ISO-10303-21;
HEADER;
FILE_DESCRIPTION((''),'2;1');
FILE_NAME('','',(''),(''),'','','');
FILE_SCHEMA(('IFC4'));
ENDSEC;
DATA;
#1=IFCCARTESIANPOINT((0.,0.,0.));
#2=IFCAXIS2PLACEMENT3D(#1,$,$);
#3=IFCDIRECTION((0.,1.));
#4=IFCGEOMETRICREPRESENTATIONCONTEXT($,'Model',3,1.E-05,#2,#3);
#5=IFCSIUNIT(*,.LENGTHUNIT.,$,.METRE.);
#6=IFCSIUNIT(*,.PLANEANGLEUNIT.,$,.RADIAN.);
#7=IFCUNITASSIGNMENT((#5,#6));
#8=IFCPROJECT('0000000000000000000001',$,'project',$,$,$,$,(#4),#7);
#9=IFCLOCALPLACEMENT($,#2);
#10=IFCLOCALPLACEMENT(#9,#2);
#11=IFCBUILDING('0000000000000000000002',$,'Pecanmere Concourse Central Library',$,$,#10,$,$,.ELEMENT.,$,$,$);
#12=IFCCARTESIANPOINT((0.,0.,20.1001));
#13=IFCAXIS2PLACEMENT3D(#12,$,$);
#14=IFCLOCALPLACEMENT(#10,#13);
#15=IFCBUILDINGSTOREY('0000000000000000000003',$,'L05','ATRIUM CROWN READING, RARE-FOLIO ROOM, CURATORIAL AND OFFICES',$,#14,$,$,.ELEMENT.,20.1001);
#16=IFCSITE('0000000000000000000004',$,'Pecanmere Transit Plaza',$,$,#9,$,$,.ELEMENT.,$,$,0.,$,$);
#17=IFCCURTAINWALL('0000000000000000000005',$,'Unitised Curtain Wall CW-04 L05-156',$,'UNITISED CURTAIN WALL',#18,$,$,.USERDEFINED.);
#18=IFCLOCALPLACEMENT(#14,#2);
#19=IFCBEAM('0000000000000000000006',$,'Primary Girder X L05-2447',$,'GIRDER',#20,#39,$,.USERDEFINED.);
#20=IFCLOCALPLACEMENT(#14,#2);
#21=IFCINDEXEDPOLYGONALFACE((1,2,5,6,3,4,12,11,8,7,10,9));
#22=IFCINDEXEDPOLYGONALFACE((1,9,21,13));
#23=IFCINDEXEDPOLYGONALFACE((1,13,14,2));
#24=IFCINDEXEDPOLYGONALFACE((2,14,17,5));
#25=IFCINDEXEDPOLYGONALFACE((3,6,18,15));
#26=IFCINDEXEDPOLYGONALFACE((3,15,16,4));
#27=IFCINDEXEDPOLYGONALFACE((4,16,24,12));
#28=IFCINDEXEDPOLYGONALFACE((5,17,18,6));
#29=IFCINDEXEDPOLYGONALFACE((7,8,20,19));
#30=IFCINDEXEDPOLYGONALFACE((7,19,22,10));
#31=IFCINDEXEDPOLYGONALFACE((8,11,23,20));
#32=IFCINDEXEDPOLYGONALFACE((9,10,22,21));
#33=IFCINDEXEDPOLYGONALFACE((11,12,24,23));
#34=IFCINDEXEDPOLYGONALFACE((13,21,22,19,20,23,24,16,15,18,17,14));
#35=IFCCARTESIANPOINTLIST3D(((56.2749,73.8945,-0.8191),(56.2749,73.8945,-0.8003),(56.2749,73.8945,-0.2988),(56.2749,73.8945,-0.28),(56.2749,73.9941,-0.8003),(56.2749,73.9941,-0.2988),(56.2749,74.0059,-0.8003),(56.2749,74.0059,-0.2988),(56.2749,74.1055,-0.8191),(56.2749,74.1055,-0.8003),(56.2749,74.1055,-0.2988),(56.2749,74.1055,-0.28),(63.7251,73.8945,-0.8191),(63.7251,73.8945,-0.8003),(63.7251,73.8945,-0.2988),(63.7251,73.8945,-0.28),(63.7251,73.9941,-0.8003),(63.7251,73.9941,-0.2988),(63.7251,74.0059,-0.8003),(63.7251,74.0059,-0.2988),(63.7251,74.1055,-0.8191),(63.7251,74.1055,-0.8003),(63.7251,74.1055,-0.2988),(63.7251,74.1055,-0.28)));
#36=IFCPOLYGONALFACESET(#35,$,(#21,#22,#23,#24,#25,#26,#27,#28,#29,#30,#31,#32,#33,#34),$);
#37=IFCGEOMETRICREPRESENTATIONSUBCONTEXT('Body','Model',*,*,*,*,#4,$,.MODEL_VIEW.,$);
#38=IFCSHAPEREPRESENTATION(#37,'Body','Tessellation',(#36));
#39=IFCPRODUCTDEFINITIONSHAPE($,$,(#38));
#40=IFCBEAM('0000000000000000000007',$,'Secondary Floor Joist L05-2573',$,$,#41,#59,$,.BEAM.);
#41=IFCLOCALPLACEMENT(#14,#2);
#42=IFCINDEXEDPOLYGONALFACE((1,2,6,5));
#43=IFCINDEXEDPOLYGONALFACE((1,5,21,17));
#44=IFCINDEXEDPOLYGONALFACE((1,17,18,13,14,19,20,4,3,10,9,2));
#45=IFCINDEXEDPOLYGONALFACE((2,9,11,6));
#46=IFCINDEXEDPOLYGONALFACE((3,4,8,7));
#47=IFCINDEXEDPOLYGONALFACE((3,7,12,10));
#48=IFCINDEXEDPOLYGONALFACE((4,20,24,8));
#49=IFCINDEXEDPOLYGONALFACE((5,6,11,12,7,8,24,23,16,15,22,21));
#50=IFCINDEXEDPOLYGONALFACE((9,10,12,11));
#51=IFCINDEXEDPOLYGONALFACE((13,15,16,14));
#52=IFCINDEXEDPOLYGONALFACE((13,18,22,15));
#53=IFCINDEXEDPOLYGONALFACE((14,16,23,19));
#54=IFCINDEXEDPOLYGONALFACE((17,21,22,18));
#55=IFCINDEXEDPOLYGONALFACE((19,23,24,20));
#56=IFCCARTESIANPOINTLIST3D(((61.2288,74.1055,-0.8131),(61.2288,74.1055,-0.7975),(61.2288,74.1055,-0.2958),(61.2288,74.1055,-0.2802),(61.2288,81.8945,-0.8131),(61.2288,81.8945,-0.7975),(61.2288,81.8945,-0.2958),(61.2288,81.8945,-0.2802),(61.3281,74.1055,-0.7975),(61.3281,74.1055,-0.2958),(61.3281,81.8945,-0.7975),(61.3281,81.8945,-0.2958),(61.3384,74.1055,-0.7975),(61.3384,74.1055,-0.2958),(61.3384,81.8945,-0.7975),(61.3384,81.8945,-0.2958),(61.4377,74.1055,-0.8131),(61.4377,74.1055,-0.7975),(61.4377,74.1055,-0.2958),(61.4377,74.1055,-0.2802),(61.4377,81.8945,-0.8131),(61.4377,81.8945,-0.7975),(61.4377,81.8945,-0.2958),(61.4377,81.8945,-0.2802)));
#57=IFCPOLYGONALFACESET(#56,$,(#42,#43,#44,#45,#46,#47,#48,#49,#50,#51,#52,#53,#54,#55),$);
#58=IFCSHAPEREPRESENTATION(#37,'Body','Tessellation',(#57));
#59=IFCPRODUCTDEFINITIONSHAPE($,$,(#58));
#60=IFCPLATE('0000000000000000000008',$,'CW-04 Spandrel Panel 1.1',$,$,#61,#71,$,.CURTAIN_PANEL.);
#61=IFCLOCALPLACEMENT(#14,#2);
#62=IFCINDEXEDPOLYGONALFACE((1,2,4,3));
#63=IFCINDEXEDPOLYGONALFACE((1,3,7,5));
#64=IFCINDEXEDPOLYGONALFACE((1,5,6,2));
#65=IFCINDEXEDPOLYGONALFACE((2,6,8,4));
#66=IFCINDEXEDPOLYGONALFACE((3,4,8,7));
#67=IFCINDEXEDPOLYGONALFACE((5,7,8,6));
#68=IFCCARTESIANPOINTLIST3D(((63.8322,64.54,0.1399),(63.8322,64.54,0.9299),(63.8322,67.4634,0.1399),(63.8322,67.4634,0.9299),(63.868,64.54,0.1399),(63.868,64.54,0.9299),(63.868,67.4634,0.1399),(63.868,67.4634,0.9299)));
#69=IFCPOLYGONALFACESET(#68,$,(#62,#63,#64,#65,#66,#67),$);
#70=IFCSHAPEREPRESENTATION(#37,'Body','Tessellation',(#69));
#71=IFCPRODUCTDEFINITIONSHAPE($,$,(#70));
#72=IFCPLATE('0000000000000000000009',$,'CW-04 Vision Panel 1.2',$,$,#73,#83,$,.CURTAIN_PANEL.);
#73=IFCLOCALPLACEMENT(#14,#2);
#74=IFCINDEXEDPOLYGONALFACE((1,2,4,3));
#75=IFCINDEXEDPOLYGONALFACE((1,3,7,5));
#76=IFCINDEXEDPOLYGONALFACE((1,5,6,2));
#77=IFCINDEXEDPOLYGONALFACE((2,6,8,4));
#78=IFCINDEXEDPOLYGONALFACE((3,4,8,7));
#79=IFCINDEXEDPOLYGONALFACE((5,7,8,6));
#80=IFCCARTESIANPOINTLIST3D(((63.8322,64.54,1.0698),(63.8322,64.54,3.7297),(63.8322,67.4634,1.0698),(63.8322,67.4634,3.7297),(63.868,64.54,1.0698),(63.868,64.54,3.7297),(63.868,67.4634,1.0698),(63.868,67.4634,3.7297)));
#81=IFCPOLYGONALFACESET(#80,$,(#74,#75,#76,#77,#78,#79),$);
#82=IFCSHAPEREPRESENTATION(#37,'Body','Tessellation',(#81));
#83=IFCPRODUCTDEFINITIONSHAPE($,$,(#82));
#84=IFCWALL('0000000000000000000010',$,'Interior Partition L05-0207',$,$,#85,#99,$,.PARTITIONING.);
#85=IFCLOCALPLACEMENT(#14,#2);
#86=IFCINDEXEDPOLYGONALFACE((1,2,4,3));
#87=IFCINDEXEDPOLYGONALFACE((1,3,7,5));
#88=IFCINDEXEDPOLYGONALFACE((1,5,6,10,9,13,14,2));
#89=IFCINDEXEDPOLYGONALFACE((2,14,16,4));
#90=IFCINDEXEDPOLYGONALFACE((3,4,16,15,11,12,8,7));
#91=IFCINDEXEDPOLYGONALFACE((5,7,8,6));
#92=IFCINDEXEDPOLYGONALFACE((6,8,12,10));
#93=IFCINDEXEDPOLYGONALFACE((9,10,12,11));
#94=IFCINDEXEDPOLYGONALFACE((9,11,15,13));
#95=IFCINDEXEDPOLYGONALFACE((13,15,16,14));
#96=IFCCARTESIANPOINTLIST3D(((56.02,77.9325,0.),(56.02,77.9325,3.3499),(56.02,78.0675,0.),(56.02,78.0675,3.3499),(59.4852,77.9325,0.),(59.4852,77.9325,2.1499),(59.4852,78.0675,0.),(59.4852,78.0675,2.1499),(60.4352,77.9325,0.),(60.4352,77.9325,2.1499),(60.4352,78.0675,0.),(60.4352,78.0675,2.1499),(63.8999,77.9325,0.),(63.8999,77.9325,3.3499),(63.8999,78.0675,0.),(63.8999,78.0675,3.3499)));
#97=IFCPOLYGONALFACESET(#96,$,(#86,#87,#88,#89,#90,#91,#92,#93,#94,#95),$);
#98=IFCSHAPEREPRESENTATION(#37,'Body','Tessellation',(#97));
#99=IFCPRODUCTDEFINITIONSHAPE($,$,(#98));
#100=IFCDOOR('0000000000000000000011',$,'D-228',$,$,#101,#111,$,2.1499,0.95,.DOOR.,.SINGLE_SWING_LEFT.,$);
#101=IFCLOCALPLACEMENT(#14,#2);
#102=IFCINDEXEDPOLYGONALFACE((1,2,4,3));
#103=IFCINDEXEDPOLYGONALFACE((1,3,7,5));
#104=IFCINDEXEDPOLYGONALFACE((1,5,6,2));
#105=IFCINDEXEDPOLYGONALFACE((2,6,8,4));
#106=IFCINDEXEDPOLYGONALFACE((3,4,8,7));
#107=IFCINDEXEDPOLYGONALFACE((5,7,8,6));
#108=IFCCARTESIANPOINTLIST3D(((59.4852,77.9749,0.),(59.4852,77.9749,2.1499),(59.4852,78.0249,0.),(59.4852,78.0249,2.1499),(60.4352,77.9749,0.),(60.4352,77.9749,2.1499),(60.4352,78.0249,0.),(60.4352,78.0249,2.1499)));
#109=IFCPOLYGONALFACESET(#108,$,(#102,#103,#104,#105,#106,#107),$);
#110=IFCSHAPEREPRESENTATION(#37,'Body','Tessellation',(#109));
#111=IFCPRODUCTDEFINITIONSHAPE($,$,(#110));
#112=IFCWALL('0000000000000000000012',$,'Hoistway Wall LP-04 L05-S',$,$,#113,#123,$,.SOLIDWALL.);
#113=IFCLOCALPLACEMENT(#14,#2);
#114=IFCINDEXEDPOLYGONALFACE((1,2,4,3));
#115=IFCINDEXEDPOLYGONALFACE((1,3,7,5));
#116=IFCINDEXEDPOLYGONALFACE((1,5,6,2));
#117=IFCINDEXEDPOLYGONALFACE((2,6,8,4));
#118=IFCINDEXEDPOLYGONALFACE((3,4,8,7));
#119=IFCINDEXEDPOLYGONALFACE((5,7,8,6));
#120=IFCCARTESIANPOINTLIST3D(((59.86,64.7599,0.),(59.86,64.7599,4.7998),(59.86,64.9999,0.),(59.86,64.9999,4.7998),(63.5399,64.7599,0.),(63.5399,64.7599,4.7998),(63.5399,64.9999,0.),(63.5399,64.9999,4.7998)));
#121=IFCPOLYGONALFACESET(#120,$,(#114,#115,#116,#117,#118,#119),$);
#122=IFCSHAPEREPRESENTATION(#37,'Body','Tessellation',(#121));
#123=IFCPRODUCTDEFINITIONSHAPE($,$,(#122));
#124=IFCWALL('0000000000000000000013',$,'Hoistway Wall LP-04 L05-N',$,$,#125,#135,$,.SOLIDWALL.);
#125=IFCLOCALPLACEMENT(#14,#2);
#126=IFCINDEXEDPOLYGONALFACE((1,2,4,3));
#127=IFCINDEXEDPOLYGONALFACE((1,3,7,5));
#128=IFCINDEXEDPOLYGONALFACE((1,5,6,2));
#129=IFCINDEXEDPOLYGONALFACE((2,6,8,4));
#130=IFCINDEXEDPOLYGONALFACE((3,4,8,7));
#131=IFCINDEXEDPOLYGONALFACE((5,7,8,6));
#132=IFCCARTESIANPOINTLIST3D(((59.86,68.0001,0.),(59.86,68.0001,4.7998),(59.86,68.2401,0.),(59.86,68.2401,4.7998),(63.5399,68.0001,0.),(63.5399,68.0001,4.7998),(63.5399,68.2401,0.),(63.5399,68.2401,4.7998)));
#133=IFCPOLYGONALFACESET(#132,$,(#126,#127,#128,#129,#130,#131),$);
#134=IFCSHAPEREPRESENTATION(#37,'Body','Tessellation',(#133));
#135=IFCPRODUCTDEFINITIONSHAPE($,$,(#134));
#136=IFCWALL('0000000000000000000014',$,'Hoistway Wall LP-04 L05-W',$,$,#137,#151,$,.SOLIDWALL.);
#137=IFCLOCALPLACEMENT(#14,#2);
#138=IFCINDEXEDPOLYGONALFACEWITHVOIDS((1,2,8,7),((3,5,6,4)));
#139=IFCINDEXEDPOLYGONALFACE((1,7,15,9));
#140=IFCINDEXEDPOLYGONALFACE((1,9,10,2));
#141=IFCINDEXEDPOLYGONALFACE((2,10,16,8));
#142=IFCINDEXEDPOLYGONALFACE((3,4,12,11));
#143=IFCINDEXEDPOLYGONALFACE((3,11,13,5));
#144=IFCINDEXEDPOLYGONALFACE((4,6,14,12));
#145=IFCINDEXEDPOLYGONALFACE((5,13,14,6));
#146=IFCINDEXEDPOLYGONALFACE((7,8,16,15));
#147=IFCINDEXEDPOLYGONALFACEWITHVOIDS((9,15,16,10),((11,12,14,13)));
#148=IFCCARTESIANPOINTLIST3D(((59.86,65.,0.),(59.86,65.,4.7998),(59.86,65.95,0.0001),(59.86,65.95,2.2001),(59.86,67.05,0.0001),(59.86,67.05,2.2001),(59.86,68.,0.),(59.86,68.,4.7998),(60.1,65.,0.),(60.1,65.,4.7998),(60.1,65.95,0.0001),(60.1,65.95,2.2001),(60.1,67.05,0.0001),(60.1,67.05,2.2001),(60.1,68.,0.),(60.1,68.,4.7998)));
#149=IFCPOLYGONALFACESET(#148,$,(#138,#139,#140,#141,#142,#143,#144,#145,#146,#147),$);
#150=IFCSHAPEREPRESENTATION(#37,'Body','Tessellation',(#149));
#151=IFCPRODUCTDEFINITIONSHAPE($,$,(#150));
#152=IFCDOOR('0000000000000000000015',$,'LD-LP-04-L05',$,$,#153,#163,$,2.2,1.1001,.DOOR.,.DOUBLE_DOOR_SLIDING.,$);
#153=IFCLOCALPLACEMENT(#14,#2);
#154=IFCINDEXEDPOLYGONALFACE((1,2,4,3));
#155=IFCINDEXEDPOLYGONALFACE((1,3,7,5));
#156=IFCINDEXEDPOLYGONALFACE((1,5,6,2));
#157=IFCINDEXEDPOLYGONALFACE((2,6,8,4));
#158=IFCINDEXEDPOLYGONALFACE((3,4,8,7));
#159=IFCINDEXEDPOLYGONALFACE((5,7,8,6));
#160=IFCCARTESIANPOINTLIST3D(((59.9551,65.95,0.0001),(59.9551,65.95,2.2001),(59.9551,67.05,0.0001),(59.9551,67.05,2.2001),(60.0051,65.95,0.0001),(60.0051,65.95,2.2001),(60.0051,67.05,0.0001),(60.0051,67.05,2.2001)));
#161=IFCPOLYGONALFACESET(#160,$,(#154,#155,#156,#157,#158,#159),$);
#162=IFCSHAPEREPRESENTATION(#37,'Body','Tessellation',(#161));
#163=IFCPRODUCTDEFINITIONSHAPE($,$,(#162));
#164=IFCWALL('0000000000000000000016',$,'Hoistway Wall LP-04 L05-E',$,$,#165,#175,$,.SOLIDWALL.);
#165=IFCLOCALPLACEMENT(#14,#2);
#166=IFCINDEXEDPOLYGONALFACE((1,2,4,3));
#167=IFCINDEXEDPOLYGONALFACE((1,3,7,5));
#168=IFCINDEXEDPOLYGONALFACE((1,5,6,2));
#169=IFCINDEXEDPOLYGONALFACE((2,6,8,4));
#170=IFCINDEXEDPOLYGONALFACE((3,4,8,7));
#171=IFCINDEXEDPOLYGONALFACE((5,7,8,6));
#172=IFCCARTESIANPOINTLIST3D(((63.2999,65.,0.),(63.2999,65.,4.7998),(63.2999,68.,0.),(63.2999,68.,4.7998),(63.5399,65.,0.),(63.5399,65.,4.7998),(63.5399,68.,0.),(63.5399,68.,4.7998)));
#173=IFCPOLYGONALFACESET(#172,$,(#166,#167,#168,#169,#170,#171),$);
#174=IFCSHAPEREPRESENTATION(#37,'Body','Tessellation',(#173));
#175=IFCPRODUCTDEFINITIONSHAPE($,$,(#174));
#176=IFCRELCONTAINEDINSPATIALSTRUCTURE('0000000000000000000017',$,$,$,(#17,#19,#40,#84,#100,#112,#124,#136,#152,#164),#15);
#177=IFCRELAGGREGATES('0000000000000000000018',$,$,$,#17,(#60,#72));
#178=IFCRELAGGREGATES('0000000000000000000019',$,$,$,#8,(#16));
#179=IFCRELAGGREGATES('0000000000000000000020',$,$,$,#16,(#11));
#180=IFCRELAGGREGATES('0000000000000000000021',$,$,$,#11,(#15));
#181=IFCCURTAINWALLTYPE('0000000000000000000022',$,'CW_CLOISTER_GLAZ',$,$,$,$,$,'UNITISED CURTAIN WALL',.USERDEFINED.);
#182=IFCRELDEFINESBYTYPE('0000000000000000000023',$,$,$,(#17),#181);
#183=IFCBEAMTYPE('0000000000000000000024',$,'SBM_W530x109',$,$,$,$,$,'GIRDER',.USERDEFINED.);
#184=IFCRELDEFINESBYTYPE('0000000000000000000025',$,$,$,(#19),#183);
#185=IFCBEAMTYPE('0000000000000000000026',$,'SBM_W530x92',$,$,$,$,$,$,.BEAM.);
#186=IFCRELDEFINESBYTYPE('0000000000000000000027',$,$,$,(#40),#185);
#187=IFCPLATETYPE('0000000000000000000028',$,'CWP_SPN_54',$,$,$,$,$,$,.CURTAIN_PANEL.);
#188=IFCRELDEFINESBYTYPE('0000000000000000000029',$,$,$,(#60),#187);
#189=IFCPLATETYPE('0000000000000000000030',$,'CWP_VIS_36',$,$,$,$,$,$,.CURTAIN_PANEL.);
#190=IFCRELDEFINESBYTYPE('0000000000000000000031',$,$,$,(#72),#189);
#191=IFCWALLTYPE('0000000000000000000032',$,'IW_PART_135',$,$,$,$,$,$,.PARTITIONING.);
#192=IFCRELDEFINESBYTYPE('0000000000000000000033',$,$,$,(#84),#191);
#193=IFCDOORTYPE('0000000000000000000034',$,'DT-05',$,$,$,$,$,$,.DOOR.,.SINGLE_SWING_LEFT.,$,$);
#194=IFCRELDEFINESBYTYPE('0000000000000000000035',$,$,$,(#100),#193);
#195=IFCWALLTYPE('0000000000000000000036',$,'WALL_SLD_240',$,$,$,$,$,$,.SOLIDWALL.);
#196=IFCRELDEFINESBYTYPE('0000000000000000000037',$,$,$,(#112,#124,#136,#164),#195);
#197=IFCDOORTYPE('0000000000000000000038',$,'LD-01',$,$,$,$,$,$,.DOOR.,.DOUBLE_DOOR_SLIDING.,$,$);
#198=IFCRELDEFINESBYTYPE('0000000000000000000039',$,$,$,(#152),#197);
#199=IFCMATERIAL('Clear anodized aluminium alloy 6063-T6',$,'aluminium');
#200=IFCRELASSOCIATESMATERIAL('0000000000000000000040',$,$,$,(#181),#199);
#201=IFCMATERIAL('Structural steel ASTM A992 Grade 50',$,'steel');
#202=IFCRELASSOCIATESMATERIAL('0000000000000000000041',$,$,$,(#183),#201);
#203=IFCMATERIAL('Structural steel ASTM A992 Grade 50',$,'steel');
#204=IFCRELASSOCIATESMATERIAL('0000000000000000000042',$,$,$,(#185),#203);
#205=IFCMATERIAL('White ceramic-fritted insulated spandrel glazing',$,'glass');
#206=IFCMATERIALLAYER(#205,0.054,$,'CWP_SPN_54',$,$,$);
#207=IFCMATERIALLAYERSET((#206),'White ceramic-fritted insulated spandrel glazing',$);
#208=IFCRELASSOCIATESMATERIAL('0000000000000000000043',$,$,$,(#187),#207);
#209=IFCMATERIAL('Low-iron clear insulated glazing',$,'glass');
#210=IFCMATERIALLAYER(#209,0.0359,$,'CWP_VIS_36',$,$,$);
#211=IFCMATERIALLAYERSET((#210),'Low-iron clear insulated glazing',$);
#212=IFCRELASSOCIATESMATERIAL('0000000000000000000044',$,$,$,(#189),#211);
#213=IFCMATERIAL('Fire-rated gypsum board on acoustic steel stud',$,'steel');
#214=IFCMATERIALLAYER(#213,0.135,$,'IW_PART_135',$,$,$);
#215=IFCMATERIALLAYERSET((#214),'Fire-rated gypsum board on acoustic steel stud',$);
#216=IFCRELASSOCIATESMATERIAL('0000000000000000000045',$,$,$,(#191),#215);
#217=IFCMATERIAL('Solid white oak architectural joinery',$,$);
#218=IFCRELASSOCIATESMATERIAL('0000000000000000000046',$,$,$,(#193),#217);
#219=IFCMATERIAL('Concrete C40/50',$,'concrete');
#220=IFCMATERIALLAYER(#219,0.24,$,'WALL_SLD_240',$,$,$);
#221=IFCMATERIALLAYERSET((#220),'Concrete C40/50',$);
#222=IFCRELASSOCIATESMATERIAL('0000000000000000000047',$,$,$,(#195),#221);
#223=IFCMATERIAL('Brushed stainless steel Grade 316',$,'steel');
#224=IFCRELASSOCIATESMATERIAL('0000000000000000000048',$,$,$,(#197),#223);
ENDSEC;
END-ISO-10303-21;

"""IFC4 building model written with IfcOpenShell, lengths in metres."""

from ifc_helpers import new_model, si_unit, direction, frame, frame_2d, origin, origin_2d, place, context, subcontext, project, spatial, rectangle, i_section, extrude, material, layer, layer_set, material_profile, profile_set, type_object, element, fill, aggregate, save


model = new_model("IFC4")

# Units and contexts
model_context = context("Model", 3, precision=1e-05, world=origin(), true_north=direction((0.0, 1.0)))
body_context = subcontext(model_context, "Body", "Model", "MODEL_VIEW")
ifc_project = project(units=[si_unit("LENGTHUNIT", "METRE"), si_unit("PLANEANGLEUNIT", "RADIAN")], contexts=[model_context])

# Site, building, storey
site_placement = place(None, origin())
site = spatial("IfcSite", under=ifc_project, at=site_placement, Name="Pecanmere Transit Plaza", CompositionType="ELEMENT", RefElevation=0.0)
building_placement = place(site_placement, origin())
building = spatial("IfcBuilding", under=site, at=building_placement, Name="Pecanmere Concourse Central Library", CompositionType="ELEMENT")
storey_placement = place(building_placement, frame((0.0, 0.0, 20.1001)))
storey = spatial("IfcBuildingStorey", under=building, at=storey_placement, Name="L05", Description="ATRIUM CROWN READING, RARE-FOLIO ROOM, CURATORIAL AND OFFICES", CompositionType="ELEMENT", Elevation=20.1001)

# Curtain wall
ifc_material_1 = material(Name="Clear anodized aluminium alloy 6063-T6", Category="aluminium")
curtain_wall_type = type_object("IfcCurtainWallType", Name="CW_CLOISTER_GLAZ", ElementType="UNITISED CURTAIN WALL", PredefinedType="USERDEFINED", material=ifc_material_1)
curtain_wall_placement = place(storey_placement, origin())
curtain_wall = element("IfcCurtainWall", 1, at=curtain_wall_placement, inside=storey, type_object=curtain_wall_type, Name="Unitised Curtain Wall CW-04 L05-156", ObjectType="UNITISED CURTAIN WALL", PredefinedType="USERDEFINED")

# Beams
ifc_material_2 = material(Name="Structural steel ASTM A992 Grade 50", Category="steel")
ifc_material_profile_1 = material_profile(ifc_material_2, i_section(OverallWidth=0.2109, OverallDepth=0.5391, WebThickness=0.0117, FlangeThickness=0.0188, at=origin_2d()), Name="W530x109")
ifc_profile_set_1 = profile_set([ifc_material_profile_1], Name="Structural steel ASTM A992 Grade 50")
beam_type_1 = type_object("IfcBeamType", Name="SBM_W530x109", ElementType="GIRDER", PredefinedType="USERDEFINED", material=ifc_profile_set_1)
for number, where, z_axis, x_axis, name in (
    (2, (56.2749, 74.0, -0.5496), (1.0, 0.0, 0.0), (0.0, 1.0, 0.0), "Primary Girder X L05-2447"),
):
    element("IfcBeam", number, at=place(storey_placement, frame(where, z_axis=z_axis, x_axis=x_axis)), inside=storey, type_object=beam_type_1, Name=name, ObjectType="GIRDER", PredefinedType="USERDEFINED", context=body_context, shape_type="SweptSolid", body=[
        extrude(i_section(OverallWidth=0.2109, OverallDepth=0.5391, WebThickness=0.0117, FlangeThickness=0.0188, at=origin_2d()), origin(), (0.0, 0.0, 1.0), 7.4502),
    ])
ifc_material_3 = material(Name="Structural steel ASTM A992 Grade 50", Category="steel")
ifc_material_profile_2 = material_profile(ifc_material_3, i_section(OverallWidth=0.209, OverallDepth=0.533, WebThickness=0.0103, FlangeThickness=0.0156, at=origin_2d()), Name="W530x92")
ifc_profile_set_2 = profile_set([ifc_material_profile_2], Name="Structural steel ASTM A992 Grade 50")
beam_type_2 = type_object("IfcBeamType", Name="SBM_W530x92", PredefinedType="BEAM", material=ifc_profile_set_2)
beam_1_placement = place(storey_placement, frame((61.3333, 74.1055, -0.5466), z_axis=(0.0, 1.0, 0.0), x_axis=(-1.0, 0.0, 0.0)))
element("IfcBeam", 3, at=beam_1_placement, inside=storey, type_object=beam_type_2, Name="Secondary Floor Joist L05-2573", PredefinedType="BEAM", context=body_context, shape_type="SweptSolid", body=[
    extrude(i_section(OverallWidth=0.209, OverallDepth=0.533, WebThickness=0.0103, FlangeThickness=0.0156, at=origin_2d()), origin(), (0.0, 0.0, 1.0), 7.7891),
])

# Plates
ifc_material_4 = material(Name="White ceramic-fritted insulated spandrel glazing", Category="glass")
ifc_layer_1 = layer(ifc_material_4, 0.054, Name="CWP_SPN_54")
ifc_layer_set_1 = layer_set([ifc_layer_1], Name="White ceramic-fritted insulated spandrel glazing")
plate_type_1 = type_object("IfcPlateType", Name="CWP_SPN_54", PredefinedType="CURTAIN_PANEL", material=ifc_layer_set_1)
plate_1_placement = place(storey_placement, frame((63.8501, 66.0017, 0.1399), z_axis=(0.0, 0.0, 1.0), x_axis=(0.0, 1.0, 0.0)))
plate_1 = element("IfcPlate", 4, at=plate_1_placement, type_object=plate_type_1, Name="CW-04 Spandrel Panel 1.1", PredefinedType="CURTAIN_PANEL", context=body_context, shape_type="SweptSolid", body=[
    extrude(rectangle(XDim=2.9233, YDim=0.0359, at=origin_2d()), origin(), (0.0, 0.0, 1.0), 0.79),
])
ifc_material_5 = material(Name="Low-iron clear insulated glazing", Category="glass")
ifc_layer_2 = layer(ifc_material_5, 0.0359, Name="CWP_VIS_36")
ifc_layer_set_2 = layer_set([ifc_layer_2], Name="Low-iron clear insulated glazing")
plate_type_2 = type_object("IfcPlateType", Name="CWP_VIS_36", PredefinedType="CURTAIN_PANEL", material=ifc_layer_set_2)
plate_2_placement = place(storey_placement, frame((63.8501, 66.0017, 1.0698), z_axis=(0.0, 0.0, 1.0), x_axis=(0.0, 1.0, 0.0)))
plate_2 = element("IfcPlate", 5, at=plate_2_placement, type_object=plate_type_2, Name="CW-04 Vision Panel 1.2", PredefinedType="CURTAIN_PANEL", context=body_context, shape_type="SweptSolid", body=[
    extrude(rectangle(XDim=2.9233, YDim=0.0359, at=origin_2d()), origin(), (0.0, 0.0, 1.0), 2.6599),
])
aggregate(curtain_wall, [plate_1, plate_2])

# Wall, opening, door
ifc_material_6 = material(Name="Fire-rated gypsum board on acoustic steel stud", Category="steel")
ifc_layer_3 = layer(ifc_material_6, 0.135, Name="IW_PART_135")
ifc_layer_set_3 = layer_set([ifc_layer_3], Name="Fire-rated gypsum board on acoustic steel stud")
wall_type_1 = type_object("IfcWallType", Name="IW_PART_135", PredefinedType="PARTITIONING", material=ifc_layer_set_3)
wall_1_placement = place(storey_placement, frame((56.02, 78.0, 0.0), z_axis=(0.0, 0.0, 1.0), x_axis=(1.0, 0.0, 0.0)))
wall_1 = element("IfcWall", 6, at=wall_1_placement, inside=storey, type_object=wall_type_1, Name="Interior Partition L05-0207", PredefinedType="PARTITIONING", context=body_context, shape_type="SweptSolid", body=[
    extrude(rectangle(XDim=7.8799, YDim=0.135, at=frame_2d((3.9399, 0.0))), origin(), (0.0, 0.0, 1.0), 3.3499),
])
opening_1_placement = place(wall_1_placement, frame((3.4651, 0.0, 0.0)))
opening_1 = element("IfcOpeningElement", 7, at=opening_1_placement, cuts=wall_1, PredefinedType="OPENING", context=body_context, shape_type="SweptSolid", body=[
    extrude(rectangle(XDim=0.95, YDim=2.1499, at=frame_2d((0.4751, 1.075))), frame((0.0, 0.0796, 0.0), z_axis=(0.0, -1.0, 0.0), x_axis=(1.0, 0.0, 0.0)), (0.0, 0.0, 1.0), 0.1589),
])
ifc_material_7 = material(Name="Solid white oak architectural joinery")
door_type_1 = type_object("IfcDoorType", Name="DT-05", OperationType="SINGLE_SWING_LEFT", PredefinedType="DOOR", material=ifc_material_7)
door_1_placement = place(opening_1_placement, origin())
door_1 = element("IfcDoor", 8, at=door_1_placement, inside=storey, type_object=door_type_1, Name="D-228", OperationType="SINGLE_SWING_LEFT", OverallHeight=2.1499, OverallWidth=0.95, PredefinedType="DOOR", context=body_context, shape_type="SweptSolid", body=[
    extrude(rectangle(XDim=0.95, YDim=2.1499, at=frame_2d((0.4751, 1.075))), frame((0.0, 0.0249, 0.0), z_axis=(0.0, -1.0, 0.0), x_axis=(1.0, 0.0, 0.0)), (0.0, 0.0, 1.0), 0.05),
])
fill(opening_1, door_1)

# Walls
ifc_material_8 = material(Name="Concrete C40/50", Category="concrete")
ifc_layer_4 = layer(ifc_material_8, 0.24, Name="WALL_SLD_240")
ifc_layer_set_4 = layer_set([ifc_layer_4], Name="Concrete C40/50")
wall_type_2 = type_object("IfcWallType", Name="WALL_SLD_240", PredefinedType="SOLIDWALL", material=ifc_layer_set_4)
for number, where, z_axis, x_axis, name in (
    (9, (59.8601, 64.8799, 0.0), (0.0, 0.0, 1.0), (1.0, 0.0, 0.0), "Hoistway Wall LP-04 L05-S"),
    (10, (59.8601, 68.1201, 0.0), (0.0, 0.0, 1.0), (1.0, 0.0, 0.0), "Hoistway Wall LP-04 L05-N"),
):
    element("IfcWall", number, at=place(storey_placement, frame(where, z_axis=z_axis, x_axis=x_axis)), inside=storey, type_object=wall_type_2, Name=name, PredefinedType="SOLIDWALL", context=body_context, shape_type="SweptSolid", body=[
        extrude(rectangle(XDim=3.6799, YDim=0.24, at=frame_2d((1.8398, 0.0))), origin(), (0.0, 0.0, 1.0), 4.7998),
    ])

# Wall, opening, door
wall_2_placement = place(storey_placement, frame((59.98, 65.0, 0.0), z_axis=(0.0, 0.0, 1.0), x_axis=(0.0, 1.0, 0.0)))
wall_2 = element("IfcWall", 11, at=wall_2_placement, inside=storey, type_object=wall_type_2, Name="Hoistway Wall LP-04 L05-W", PredefinedType="SOLIDWALL", context=body_context, shape_type="SweptSolid", body=[
    extrude(rectangle(XDim=3.0, YDim=0.24, at=frame_2d((1.5, 0.0))), origin(), (0.0, 0.0, 1.0), 4.7998),
])
opening_2_placement = place(wall_2_placement, frame((0.95, 0.0, 0.0)))
opening_2 = element("IfcOpeningElement", 12, at=opening_2_placement, cuts=wall_2, PredefinedType="OPENING", context=body_context, shape_type="SweptSolid", body=[
    extrude(rectangle(XDim=1.1001, YDim=2.2, at=frame_2d((0.55, 1.1001))), frame((0.0, 0.1318, 0.0), z_axis=(0.0, -1.0, 0.0), x_axis=(1.0, 0.0, 0.0)), (0.0, 0.0, 1.0), 0.2639),
])
ifc_material_9 = material(Name="Brushed stainless steel Grade 316", Category="steel")
door_type_2 = type_object("IfcDoorType", Name="LD-01", OperationType="DOUBLE_DOOR_SLIDING", PredefinedType="DOOR", material=ifc_material_9)
door_2_placement = place(opening_2_placement, origin())
door_2 = element("IfcDoor", 13, at=door_2_placement, inside=storey, type_object=door_type_2, Name="LD-LP-04-L05", OperationType="DOUBLE_DOOR_SLIDING", OverallHeight=2.2, OverallWidth=1.1001, PredefinedType="DOOR", context=body_context, shape_type="SweptSolid", body=[
    extrude(rectangle(XDim=1.1001, YDim=2.2, at=frame_2d((0.55, 1.1001))), frame((0.0, 0.0249, 0.0), z_axis=(0.0, -1.0, 0.0), x_axis=(1.0, 0.0, 0.0)), (0.0, 0.0, 1.0), 0.05),
])
fill(opening_2, door_2)

# Wall
wall_3_placement = place(storey_placement, frame((63.4199, 65.0, 0.0), z_axis=(0.0, 0.0, 1.0), x_axis=(0.0, 1.0, 0.0)))
element("IfcWall", 14, at=wall_3_placement, inside=storey, type_object=wall_type_2, Name="Hoistway Wall LP-04 L05-E", PredefinedType="SOLIDWALL", context=body_context, shape_type="SweptSolid", body=[
    extrude(rectangle(XDim=3.0, YDim=0.24, at=frame_2d((1.5, 0.0))), origin(), (0.0, 0.0, 1.0), 4.7998),
])

save(model, "model.ifc")
